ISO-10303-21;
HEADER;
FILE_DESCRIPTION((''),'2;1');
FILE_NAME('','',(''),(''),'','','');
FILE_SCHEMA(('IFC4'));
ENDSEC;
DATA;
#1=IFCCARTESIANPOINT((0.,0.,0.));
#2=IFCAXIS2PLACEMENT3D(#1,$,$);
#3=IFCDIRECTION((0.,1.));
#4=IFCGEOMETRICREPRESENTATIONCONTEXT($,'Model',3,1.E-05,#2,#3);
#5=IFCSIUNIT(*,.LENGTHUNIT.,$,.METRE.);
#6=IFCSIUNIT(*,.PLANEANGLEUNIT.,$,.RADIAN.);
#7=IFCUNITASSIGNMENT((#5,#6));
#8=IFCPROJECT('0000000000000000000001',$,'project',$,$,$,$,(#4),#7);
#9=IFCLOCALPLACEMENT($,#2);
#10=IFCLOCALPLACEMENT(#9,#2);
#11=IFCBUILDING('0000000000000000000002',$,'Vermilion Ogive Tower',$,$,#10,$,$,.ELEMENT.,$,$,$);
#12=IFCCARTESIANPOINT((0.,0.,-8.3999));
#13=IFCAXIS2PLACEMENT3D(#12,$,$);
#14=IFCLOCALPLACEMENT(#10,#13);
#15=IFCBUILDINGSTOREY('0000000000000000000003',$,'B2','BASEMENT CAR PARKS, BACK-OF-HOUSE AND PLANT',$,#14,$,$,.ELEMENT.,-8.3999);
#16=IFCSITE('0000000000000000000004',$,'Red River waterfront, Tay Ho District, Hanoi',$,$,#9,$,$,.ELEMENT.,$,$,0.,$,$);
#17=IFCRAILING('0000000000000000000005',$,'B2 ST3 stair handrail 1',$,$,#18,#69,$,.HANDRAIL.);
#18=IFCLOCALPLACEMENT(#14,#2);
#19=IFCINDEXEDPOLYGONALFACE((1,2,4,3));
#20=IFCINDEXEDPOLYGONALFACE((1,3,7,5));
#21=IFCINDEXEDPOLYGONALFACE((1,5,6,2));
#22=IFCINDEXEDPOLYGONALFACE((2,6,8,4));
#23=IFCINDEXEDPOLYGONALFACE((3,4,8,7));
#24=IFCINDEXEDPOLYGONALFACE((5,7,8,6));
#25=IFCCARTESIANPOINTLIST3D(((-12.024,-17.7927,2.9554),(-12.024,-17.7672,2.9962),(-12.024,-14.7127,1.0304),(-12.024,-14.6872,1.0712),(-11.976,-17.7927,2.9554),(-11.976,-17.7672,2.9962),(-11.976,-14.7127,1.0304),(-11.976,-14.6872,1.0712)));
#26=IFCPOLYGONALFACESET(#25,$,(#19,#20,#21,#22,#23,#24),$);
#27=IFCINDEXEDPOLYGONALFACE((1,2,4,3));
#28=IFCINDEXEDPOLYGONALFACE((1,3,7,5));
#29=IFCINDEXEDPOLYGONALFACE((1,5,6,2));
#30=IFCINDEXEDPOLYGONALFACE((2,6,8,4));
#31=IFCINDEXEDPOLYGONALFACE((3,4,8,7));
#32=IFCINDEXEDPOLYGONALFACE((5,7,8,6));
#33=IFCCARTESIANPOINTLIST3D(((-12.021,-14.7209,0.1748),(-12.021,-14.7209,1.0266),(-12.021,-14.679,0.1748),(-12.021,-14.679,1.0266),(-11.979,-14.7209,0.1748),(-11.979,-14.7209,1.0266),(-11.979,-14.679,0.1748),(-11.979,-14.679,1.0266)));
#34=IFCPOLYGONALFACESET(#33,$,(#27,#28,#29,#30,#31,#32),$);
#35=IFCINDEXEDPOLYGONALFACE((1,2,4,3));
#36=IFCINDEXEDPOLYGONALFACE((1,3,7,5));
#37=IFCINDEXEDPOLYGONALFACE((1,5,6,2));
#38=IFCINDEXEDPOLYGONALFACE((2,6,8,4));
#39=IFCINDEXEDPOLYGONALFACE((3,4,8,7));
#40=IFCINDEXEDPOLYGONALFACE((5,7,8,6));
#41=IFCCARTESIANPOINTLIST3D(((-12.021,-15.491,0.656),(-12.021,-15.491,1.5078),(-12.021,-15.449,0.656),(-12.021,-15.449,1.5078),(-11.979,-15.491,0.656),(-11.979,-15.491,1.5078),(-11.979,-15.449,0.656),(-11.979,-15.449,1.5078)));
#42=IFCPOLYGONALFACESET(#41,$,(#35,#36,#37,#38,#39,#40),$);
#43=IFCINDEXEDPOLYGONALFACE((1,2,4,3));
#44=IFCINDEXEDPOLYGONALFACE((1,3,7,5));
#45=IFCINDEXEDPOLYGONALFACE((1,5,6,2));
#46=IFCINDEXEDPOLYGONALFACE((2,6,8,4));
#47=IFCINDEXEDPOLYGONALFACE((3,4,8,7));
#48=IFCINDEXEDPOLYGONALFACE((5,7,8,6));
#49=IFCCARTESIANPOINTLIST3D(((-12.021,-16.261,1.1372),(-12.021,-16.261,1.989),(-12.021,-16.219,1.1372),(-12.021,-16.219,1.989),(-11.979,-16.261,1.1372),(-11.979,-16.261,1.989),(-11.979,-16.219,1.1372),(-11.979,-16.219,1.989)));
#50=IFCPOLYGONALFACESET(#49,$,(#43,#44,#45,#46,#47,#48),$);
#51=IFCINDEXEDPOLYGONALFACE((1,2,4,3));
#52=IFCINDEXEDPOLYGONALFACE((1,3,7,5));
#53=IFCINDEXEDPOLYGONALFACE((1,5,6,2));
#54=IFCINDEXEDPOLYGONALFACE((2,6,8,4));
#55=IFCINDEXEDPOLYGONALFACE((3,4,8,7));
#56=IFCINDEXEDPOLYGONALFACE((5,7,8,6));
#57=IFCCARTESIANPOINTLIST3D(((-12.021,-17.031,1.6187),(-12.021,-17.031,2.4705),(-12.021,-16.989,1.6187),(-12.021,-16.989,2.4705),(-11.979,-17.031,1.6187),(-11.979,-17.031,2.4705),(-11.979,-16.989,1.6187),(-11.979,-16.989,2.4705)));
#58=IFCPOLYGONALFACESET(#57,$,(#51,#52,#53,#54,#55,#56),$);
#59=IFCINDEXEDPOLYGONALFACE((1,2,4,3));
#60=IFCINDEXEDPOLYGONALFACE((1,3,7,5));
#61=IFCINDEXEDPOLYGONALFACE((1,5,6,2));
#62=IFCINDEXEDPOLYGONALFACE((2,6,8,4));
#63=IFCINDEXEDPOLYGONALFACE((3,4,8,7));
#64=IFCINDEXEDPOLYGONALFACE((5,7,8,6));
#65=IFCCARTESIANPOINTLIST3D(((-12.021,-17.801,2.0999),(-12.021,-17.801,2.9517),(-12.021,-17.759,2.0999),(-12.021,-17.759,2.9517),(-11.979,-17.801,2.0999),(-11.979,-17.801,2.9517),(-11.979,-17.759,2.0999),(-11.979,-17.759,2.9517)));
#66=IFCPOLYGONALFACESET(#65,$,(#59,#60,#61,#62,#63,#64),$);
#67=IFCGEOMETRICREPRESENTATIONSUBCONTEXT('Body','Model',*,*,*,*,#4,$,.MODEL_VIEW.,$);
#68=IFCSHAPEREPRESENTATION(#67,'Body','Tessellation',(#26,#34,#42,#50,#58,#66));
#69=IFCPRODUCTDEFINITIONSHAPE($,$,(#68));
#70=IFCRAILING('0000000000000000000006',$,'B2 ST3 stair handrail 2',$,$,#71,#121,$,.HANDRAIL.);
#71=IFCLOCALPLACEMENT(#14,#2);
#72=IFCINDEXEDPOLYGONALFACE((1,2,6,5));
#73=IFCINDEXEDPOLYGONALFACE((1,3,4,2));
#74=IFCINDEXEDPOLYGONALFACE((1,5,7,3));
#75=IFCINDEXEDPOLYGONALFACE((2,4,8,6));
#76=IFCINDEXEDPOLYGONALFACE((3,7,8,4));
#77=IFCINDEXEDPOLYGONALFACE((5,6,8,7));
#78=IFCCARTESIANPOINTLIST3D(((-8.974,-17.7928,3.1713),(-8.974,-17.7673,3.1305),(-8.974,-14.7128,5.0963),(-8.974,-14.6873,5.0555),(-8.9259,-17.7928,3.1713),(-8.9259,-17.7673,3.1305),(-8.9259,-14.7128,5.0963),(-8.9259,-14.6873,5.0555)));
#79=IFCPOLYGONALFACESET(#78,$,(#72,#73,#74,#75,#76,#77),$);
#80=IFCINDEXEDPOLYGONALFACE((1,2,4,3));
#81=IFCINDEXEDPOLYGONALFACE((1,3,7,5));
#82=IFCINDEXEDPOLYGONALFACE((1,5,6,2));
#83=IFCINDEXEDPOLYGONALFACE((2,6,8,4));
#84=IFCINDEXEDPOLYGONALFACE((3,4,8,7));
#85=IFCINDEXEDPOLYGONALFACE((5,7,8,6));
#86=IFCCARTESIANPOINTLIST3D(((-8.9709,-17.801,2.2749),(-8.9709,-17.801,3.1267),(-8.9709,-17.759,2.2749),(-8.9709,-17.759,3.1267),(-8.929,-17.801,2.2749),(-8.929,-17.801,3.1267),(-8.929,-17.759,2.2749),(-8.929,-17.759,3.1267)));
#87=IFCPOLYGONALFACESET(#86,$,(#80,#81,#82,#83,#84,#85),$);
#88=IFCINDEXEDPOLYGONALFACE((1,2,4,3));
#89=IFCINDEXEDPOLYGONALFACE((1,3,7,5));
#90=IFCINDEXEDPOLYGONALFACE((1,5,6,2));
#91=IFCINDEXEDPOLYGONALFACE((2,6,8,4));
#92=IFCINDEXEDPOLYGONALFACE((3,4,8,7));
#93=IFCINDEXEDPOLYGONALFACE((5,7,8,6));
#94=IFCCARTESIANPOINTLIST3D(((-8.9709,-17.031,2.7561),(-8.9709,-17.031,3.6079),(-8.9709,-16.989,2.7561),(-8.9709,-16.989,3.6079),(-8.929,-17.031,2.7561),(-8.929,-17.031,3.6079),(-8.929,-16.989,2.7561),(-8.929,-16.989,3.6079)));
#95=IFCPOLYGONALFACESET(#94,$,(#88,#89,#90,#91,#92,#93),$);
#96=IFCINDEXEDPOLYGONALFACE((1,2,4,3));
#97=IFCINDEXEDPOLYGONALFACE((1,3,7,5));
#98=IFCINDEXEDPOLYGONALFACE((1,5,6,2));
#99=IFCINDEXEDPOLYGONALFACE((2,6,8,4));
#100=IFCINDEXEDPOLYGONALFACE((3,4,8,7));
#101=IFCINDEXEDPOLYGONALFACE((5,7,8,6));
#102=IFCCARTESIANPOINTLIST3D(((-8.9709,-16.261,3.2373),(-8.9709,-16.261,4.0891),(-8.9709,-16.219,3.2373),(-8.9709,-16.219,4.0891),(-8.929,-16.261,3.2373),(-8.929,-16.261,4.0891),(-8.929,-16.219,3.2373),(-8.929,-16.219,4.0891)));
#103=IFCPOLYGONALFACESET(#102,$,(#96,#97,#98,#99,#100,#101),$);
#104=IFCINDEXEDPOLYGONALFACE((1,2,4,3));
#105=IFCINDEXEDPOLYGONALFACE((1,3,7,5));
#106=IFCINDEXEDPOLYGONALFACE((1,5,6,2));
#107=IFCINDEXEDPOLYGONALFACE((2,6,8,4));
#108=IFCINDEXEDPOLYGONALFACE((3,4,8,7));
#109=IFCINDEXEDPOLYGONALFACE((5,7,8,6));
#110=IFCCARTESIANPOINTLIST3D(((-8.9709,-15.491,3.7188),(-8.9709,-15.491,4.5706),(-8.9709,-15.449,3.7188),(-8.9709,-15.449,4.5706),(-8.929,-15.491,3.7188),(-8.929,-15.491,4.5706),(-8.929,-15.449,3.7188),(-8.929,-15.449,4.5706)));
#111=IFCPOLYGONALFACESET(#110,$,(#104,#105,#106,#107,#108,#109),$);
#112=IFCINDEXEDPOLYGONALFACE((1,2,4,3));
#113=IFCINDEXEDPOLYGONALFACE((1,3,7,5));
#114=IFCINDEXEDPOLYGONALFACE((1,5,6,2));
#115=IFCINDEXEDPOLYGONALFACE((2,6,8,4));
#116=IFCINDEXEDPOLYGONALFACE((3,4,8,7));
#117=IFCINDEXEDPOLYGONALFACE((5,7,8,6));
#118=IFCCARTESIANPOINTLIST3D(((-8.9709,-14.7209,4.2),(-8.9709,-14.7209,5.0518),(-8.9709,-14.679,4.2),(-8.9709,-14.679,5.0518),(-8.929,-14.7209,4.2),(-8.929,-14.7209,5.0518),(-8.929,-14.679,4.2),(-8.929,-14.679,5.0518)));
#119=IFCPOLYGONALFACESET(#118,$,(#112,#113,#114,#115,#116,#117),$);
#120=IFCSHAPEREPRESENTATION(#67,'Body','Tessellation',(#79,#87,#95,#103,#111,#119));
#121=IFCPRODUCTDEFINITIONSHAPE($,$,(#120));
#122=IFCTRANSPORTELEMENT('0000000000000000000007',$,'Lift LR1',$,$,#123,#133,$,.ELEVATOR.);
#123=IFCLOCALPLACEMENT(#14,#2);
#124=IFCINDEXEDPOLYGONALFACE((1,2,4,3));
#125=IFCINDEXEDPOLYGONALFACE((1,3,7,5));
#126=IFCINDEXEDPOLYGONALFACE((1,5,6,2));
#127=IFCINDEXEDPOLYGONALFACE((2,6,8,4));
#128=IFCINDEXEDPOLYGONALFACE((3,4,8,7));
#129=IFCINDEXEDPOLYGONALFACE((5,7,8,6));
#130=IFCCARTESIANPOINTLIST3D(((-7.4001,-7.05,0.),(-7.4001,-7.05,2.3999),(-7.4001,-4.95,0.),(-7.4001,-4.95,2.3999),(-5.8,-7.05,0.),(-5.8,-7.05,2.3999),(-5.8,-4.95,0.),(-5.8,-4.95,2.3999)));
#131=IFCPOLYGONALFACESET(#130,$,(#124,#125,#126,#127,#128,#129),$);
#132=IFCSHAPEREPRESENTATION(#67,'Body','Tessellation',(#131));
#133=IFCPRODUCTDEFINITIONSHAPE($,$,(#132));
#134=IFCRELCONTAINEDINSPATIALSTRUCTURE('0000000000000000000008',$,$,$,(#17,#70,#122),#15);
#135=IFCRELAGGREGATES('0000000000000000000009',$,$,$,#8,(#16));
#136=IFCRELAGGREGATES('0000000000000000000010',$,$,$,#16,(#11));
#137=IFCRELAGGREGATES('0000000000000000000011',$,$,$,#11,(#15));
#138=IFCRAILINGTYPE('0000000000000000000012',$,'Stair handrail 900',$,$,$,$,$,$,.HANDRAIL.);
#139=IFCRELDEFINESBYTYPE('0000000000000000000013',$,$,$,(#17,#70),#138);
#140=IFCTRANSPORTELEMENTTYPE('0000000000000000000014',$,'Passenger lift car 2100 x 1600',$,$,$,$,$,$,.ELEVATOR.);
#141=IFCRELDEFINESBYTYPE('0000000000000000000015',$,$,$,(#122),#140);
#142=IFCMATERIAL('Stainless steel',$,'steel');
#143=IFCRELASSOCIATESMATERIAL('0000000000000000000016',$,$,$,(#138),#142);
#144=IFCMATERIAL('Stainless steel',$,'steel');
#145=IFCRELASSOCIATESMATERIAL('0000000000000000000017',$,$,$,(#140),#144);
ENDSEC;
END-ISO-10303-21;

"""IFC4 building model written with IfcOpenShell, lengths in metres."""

from ifc_helpers import new_model, si_unit, direction, frame, origin, origin_2d, place, context, subcontext, project, spatial, rectangle, extrude, material, type_object, element, save


model = new_model("IFC4")

# Units and contexts
model_context = context("Model", 3, precision=1e-05, world=origin(), true_north=direction((0.0, 1.0)))
body_context = subcontext(model_context, "Body", "Model", "MODEL_VIEW")
ifc_project = project(units=[si_unit("LENGTHUNIT", "METRE"), si_unit("PLANEANGLEUNIT", "RADIAN")], contexts=[model_context])

# Site, building, storey
site_placement = place(None, origin())
site = spatial("IfcSite", under=ifc_project, at=site_placement, Name="Red River waterfront, Tay Ho District, Hanoi", CompositionType="ELEMENT", RefElevation=0.0)
building_placement = place(site_placement, origin())
building = spatial("IfcBuilding", under=site, at=building_placement, Name="Vermilion Ogive Tower", CompositionType="ELEMENT")
storey_placement = place(building_placement, frame((0.0, 0.0, -8.3999)))
storey = spatial("IfcBuildingStorey", under=building, at=storey_placement, Name="B2", Description="BASEMENT CAR PARKS, BACK-OF-HOUSE AND PLANT", CompositionType="ELEMENT", Elevation=-8.3999)

# Railings
ifc_material_1 = material(Name="Stainless steel", Category="steel")
railing_type_1 = type_object("IfcRailingType", Name="Stair handrail 900", PredefinedType="HANDRAIL", material=ifc_material_1)
railing_1_placement = place(storey_placement, frame((-12.0, -14.7, 0.1748)))
element("IfcRailing", 1, at=railing_1_placement, inside=storey, type_object=railing_type_1, Name="B2 ST3 stair handrail 1", PredefinedType="HANDRAIL", context=body_context, shape_type="SweptSolid", body=[
    extrude(rectangle(XDim=0.0481, YDim=0.0481, at=origin_2d()), frame((0.0, 0.0, 0.876), z_axis=(0.0, -0.847998, 0.529999), x_axis=(1.0, 0.0, 0.0)), (0.0, 0.0, 1.0), 3.6321),
    extrude(rectangle(XDim=0.042, YDim=0.042, at=origin_2d()), origin(), (0.0, 0.0, 1.0), 0.8518),
    extrude(rectangle(XDim=0.042, YDim=0.042, at=origin_2d()), frame((0.0, -0.77, 0.4812)), (0.0, 0.0, 1.0), 0.8518),
    extrude(rectangle(XDim=0.042, YDim=0.042, at=origin_2d()), frame((0.0, -1.54, 0.9624)), (0.0, 0.0, 1.0), 0.8518),
    extrude(rectangle(XDim=0.042, YDim=0.042, at=origin_2d()), frame((0.0, -2.3101, 1.4438)), (0.0, 0.0, 1.0), 0.8518),
    extrude(rectangle(XDim=0.042, YDim=0.042, at=origin_2d()), frame((0.0, -3.0801, 1.925)), (0.0, 0.0, 1.0), 0.8518),
])
railing_2_placement = place(storey_placement, frame((-8.95, -17.78, 2.2749)))
element("IfcRailing", 2, at=railing_2_placement, inside=storey, type_object=railing_type_1, Name="B2 ST3 stair handrail 2", PredefinedType="HANDRAIL", context=body_context, shape_type="SweptSolid", body=[
    extrude(rectangle(XDim=0.0481, YDim=0.0481, at=origin_2d()), frame((0.0, 0.0, 0.876), z_axis=(0.0, 0.847998, 0.529999), x_axis=(-1.0, 0.0, 0.0)), (0.0, 0.0, 1.0), 3.6321),
    extrude(rectangle(XDim=0.042, YDim=0.042, at=origin_2d()), origin(), (0.0, 0.0, 1.0), 0.8518),
    extrude(rectangle(XDim=0.042, YDim=0.042, at=origin_2d()), frame((0.0, 0.77, 0.4812)), (0.0, 0.0, 1.0), 0.8518),
    extrude(rectangle(XDim=0.042, YDim=0.042, at=origin_2d()), frame((0.0, 1.54, 0.9624)), (0.0, 0.0, 1.0), 0.8518),
    extrude(rectangle(XDim=0.042, YDim=0.042, at=origin_2d()), frame((0.0, 2.3101, 1.4438)), (0.0, 0.0, 1.0), 0.8518),
    extrude(rectangle(XDim=0.042, YDim=0.042, at=origin_2d()), frame((0.0, 3.0801, 1.925)), (0.0, 0.0, 1.0), 0.8518),
])

# Transport element
ifc_material_2 = material(Name="Stainless steel", Category="steel")
transport_element_type = type_object("IfcTransportElementType", Name="Passenger lift car 2100 x 1600", PredefinedType="ELEVATOR", material=ifc_material_2)
transport_element_placement = place(storey_placement, frame((-6.6001, -6.0, 0.0), z_axis=(0.0, 0.0, 1.0), x_axis=(1.0, 0.0, 0.0)))
element("IfcTransportElement", 3, at=transport_element_placement, inside=storey, type_object=transport_element_type, Name="Lift LR1", PredefinedType="ELEVATOR", context=body_context, shape_type="SweptSolid", body=[
    extrude(rectangle(XDim=1.6001, YDim=2.1001, at=origin_2d()), origin(), (0.0, 0.0, 1.0), 2.3999),
])

save(model, "model.ifc")
